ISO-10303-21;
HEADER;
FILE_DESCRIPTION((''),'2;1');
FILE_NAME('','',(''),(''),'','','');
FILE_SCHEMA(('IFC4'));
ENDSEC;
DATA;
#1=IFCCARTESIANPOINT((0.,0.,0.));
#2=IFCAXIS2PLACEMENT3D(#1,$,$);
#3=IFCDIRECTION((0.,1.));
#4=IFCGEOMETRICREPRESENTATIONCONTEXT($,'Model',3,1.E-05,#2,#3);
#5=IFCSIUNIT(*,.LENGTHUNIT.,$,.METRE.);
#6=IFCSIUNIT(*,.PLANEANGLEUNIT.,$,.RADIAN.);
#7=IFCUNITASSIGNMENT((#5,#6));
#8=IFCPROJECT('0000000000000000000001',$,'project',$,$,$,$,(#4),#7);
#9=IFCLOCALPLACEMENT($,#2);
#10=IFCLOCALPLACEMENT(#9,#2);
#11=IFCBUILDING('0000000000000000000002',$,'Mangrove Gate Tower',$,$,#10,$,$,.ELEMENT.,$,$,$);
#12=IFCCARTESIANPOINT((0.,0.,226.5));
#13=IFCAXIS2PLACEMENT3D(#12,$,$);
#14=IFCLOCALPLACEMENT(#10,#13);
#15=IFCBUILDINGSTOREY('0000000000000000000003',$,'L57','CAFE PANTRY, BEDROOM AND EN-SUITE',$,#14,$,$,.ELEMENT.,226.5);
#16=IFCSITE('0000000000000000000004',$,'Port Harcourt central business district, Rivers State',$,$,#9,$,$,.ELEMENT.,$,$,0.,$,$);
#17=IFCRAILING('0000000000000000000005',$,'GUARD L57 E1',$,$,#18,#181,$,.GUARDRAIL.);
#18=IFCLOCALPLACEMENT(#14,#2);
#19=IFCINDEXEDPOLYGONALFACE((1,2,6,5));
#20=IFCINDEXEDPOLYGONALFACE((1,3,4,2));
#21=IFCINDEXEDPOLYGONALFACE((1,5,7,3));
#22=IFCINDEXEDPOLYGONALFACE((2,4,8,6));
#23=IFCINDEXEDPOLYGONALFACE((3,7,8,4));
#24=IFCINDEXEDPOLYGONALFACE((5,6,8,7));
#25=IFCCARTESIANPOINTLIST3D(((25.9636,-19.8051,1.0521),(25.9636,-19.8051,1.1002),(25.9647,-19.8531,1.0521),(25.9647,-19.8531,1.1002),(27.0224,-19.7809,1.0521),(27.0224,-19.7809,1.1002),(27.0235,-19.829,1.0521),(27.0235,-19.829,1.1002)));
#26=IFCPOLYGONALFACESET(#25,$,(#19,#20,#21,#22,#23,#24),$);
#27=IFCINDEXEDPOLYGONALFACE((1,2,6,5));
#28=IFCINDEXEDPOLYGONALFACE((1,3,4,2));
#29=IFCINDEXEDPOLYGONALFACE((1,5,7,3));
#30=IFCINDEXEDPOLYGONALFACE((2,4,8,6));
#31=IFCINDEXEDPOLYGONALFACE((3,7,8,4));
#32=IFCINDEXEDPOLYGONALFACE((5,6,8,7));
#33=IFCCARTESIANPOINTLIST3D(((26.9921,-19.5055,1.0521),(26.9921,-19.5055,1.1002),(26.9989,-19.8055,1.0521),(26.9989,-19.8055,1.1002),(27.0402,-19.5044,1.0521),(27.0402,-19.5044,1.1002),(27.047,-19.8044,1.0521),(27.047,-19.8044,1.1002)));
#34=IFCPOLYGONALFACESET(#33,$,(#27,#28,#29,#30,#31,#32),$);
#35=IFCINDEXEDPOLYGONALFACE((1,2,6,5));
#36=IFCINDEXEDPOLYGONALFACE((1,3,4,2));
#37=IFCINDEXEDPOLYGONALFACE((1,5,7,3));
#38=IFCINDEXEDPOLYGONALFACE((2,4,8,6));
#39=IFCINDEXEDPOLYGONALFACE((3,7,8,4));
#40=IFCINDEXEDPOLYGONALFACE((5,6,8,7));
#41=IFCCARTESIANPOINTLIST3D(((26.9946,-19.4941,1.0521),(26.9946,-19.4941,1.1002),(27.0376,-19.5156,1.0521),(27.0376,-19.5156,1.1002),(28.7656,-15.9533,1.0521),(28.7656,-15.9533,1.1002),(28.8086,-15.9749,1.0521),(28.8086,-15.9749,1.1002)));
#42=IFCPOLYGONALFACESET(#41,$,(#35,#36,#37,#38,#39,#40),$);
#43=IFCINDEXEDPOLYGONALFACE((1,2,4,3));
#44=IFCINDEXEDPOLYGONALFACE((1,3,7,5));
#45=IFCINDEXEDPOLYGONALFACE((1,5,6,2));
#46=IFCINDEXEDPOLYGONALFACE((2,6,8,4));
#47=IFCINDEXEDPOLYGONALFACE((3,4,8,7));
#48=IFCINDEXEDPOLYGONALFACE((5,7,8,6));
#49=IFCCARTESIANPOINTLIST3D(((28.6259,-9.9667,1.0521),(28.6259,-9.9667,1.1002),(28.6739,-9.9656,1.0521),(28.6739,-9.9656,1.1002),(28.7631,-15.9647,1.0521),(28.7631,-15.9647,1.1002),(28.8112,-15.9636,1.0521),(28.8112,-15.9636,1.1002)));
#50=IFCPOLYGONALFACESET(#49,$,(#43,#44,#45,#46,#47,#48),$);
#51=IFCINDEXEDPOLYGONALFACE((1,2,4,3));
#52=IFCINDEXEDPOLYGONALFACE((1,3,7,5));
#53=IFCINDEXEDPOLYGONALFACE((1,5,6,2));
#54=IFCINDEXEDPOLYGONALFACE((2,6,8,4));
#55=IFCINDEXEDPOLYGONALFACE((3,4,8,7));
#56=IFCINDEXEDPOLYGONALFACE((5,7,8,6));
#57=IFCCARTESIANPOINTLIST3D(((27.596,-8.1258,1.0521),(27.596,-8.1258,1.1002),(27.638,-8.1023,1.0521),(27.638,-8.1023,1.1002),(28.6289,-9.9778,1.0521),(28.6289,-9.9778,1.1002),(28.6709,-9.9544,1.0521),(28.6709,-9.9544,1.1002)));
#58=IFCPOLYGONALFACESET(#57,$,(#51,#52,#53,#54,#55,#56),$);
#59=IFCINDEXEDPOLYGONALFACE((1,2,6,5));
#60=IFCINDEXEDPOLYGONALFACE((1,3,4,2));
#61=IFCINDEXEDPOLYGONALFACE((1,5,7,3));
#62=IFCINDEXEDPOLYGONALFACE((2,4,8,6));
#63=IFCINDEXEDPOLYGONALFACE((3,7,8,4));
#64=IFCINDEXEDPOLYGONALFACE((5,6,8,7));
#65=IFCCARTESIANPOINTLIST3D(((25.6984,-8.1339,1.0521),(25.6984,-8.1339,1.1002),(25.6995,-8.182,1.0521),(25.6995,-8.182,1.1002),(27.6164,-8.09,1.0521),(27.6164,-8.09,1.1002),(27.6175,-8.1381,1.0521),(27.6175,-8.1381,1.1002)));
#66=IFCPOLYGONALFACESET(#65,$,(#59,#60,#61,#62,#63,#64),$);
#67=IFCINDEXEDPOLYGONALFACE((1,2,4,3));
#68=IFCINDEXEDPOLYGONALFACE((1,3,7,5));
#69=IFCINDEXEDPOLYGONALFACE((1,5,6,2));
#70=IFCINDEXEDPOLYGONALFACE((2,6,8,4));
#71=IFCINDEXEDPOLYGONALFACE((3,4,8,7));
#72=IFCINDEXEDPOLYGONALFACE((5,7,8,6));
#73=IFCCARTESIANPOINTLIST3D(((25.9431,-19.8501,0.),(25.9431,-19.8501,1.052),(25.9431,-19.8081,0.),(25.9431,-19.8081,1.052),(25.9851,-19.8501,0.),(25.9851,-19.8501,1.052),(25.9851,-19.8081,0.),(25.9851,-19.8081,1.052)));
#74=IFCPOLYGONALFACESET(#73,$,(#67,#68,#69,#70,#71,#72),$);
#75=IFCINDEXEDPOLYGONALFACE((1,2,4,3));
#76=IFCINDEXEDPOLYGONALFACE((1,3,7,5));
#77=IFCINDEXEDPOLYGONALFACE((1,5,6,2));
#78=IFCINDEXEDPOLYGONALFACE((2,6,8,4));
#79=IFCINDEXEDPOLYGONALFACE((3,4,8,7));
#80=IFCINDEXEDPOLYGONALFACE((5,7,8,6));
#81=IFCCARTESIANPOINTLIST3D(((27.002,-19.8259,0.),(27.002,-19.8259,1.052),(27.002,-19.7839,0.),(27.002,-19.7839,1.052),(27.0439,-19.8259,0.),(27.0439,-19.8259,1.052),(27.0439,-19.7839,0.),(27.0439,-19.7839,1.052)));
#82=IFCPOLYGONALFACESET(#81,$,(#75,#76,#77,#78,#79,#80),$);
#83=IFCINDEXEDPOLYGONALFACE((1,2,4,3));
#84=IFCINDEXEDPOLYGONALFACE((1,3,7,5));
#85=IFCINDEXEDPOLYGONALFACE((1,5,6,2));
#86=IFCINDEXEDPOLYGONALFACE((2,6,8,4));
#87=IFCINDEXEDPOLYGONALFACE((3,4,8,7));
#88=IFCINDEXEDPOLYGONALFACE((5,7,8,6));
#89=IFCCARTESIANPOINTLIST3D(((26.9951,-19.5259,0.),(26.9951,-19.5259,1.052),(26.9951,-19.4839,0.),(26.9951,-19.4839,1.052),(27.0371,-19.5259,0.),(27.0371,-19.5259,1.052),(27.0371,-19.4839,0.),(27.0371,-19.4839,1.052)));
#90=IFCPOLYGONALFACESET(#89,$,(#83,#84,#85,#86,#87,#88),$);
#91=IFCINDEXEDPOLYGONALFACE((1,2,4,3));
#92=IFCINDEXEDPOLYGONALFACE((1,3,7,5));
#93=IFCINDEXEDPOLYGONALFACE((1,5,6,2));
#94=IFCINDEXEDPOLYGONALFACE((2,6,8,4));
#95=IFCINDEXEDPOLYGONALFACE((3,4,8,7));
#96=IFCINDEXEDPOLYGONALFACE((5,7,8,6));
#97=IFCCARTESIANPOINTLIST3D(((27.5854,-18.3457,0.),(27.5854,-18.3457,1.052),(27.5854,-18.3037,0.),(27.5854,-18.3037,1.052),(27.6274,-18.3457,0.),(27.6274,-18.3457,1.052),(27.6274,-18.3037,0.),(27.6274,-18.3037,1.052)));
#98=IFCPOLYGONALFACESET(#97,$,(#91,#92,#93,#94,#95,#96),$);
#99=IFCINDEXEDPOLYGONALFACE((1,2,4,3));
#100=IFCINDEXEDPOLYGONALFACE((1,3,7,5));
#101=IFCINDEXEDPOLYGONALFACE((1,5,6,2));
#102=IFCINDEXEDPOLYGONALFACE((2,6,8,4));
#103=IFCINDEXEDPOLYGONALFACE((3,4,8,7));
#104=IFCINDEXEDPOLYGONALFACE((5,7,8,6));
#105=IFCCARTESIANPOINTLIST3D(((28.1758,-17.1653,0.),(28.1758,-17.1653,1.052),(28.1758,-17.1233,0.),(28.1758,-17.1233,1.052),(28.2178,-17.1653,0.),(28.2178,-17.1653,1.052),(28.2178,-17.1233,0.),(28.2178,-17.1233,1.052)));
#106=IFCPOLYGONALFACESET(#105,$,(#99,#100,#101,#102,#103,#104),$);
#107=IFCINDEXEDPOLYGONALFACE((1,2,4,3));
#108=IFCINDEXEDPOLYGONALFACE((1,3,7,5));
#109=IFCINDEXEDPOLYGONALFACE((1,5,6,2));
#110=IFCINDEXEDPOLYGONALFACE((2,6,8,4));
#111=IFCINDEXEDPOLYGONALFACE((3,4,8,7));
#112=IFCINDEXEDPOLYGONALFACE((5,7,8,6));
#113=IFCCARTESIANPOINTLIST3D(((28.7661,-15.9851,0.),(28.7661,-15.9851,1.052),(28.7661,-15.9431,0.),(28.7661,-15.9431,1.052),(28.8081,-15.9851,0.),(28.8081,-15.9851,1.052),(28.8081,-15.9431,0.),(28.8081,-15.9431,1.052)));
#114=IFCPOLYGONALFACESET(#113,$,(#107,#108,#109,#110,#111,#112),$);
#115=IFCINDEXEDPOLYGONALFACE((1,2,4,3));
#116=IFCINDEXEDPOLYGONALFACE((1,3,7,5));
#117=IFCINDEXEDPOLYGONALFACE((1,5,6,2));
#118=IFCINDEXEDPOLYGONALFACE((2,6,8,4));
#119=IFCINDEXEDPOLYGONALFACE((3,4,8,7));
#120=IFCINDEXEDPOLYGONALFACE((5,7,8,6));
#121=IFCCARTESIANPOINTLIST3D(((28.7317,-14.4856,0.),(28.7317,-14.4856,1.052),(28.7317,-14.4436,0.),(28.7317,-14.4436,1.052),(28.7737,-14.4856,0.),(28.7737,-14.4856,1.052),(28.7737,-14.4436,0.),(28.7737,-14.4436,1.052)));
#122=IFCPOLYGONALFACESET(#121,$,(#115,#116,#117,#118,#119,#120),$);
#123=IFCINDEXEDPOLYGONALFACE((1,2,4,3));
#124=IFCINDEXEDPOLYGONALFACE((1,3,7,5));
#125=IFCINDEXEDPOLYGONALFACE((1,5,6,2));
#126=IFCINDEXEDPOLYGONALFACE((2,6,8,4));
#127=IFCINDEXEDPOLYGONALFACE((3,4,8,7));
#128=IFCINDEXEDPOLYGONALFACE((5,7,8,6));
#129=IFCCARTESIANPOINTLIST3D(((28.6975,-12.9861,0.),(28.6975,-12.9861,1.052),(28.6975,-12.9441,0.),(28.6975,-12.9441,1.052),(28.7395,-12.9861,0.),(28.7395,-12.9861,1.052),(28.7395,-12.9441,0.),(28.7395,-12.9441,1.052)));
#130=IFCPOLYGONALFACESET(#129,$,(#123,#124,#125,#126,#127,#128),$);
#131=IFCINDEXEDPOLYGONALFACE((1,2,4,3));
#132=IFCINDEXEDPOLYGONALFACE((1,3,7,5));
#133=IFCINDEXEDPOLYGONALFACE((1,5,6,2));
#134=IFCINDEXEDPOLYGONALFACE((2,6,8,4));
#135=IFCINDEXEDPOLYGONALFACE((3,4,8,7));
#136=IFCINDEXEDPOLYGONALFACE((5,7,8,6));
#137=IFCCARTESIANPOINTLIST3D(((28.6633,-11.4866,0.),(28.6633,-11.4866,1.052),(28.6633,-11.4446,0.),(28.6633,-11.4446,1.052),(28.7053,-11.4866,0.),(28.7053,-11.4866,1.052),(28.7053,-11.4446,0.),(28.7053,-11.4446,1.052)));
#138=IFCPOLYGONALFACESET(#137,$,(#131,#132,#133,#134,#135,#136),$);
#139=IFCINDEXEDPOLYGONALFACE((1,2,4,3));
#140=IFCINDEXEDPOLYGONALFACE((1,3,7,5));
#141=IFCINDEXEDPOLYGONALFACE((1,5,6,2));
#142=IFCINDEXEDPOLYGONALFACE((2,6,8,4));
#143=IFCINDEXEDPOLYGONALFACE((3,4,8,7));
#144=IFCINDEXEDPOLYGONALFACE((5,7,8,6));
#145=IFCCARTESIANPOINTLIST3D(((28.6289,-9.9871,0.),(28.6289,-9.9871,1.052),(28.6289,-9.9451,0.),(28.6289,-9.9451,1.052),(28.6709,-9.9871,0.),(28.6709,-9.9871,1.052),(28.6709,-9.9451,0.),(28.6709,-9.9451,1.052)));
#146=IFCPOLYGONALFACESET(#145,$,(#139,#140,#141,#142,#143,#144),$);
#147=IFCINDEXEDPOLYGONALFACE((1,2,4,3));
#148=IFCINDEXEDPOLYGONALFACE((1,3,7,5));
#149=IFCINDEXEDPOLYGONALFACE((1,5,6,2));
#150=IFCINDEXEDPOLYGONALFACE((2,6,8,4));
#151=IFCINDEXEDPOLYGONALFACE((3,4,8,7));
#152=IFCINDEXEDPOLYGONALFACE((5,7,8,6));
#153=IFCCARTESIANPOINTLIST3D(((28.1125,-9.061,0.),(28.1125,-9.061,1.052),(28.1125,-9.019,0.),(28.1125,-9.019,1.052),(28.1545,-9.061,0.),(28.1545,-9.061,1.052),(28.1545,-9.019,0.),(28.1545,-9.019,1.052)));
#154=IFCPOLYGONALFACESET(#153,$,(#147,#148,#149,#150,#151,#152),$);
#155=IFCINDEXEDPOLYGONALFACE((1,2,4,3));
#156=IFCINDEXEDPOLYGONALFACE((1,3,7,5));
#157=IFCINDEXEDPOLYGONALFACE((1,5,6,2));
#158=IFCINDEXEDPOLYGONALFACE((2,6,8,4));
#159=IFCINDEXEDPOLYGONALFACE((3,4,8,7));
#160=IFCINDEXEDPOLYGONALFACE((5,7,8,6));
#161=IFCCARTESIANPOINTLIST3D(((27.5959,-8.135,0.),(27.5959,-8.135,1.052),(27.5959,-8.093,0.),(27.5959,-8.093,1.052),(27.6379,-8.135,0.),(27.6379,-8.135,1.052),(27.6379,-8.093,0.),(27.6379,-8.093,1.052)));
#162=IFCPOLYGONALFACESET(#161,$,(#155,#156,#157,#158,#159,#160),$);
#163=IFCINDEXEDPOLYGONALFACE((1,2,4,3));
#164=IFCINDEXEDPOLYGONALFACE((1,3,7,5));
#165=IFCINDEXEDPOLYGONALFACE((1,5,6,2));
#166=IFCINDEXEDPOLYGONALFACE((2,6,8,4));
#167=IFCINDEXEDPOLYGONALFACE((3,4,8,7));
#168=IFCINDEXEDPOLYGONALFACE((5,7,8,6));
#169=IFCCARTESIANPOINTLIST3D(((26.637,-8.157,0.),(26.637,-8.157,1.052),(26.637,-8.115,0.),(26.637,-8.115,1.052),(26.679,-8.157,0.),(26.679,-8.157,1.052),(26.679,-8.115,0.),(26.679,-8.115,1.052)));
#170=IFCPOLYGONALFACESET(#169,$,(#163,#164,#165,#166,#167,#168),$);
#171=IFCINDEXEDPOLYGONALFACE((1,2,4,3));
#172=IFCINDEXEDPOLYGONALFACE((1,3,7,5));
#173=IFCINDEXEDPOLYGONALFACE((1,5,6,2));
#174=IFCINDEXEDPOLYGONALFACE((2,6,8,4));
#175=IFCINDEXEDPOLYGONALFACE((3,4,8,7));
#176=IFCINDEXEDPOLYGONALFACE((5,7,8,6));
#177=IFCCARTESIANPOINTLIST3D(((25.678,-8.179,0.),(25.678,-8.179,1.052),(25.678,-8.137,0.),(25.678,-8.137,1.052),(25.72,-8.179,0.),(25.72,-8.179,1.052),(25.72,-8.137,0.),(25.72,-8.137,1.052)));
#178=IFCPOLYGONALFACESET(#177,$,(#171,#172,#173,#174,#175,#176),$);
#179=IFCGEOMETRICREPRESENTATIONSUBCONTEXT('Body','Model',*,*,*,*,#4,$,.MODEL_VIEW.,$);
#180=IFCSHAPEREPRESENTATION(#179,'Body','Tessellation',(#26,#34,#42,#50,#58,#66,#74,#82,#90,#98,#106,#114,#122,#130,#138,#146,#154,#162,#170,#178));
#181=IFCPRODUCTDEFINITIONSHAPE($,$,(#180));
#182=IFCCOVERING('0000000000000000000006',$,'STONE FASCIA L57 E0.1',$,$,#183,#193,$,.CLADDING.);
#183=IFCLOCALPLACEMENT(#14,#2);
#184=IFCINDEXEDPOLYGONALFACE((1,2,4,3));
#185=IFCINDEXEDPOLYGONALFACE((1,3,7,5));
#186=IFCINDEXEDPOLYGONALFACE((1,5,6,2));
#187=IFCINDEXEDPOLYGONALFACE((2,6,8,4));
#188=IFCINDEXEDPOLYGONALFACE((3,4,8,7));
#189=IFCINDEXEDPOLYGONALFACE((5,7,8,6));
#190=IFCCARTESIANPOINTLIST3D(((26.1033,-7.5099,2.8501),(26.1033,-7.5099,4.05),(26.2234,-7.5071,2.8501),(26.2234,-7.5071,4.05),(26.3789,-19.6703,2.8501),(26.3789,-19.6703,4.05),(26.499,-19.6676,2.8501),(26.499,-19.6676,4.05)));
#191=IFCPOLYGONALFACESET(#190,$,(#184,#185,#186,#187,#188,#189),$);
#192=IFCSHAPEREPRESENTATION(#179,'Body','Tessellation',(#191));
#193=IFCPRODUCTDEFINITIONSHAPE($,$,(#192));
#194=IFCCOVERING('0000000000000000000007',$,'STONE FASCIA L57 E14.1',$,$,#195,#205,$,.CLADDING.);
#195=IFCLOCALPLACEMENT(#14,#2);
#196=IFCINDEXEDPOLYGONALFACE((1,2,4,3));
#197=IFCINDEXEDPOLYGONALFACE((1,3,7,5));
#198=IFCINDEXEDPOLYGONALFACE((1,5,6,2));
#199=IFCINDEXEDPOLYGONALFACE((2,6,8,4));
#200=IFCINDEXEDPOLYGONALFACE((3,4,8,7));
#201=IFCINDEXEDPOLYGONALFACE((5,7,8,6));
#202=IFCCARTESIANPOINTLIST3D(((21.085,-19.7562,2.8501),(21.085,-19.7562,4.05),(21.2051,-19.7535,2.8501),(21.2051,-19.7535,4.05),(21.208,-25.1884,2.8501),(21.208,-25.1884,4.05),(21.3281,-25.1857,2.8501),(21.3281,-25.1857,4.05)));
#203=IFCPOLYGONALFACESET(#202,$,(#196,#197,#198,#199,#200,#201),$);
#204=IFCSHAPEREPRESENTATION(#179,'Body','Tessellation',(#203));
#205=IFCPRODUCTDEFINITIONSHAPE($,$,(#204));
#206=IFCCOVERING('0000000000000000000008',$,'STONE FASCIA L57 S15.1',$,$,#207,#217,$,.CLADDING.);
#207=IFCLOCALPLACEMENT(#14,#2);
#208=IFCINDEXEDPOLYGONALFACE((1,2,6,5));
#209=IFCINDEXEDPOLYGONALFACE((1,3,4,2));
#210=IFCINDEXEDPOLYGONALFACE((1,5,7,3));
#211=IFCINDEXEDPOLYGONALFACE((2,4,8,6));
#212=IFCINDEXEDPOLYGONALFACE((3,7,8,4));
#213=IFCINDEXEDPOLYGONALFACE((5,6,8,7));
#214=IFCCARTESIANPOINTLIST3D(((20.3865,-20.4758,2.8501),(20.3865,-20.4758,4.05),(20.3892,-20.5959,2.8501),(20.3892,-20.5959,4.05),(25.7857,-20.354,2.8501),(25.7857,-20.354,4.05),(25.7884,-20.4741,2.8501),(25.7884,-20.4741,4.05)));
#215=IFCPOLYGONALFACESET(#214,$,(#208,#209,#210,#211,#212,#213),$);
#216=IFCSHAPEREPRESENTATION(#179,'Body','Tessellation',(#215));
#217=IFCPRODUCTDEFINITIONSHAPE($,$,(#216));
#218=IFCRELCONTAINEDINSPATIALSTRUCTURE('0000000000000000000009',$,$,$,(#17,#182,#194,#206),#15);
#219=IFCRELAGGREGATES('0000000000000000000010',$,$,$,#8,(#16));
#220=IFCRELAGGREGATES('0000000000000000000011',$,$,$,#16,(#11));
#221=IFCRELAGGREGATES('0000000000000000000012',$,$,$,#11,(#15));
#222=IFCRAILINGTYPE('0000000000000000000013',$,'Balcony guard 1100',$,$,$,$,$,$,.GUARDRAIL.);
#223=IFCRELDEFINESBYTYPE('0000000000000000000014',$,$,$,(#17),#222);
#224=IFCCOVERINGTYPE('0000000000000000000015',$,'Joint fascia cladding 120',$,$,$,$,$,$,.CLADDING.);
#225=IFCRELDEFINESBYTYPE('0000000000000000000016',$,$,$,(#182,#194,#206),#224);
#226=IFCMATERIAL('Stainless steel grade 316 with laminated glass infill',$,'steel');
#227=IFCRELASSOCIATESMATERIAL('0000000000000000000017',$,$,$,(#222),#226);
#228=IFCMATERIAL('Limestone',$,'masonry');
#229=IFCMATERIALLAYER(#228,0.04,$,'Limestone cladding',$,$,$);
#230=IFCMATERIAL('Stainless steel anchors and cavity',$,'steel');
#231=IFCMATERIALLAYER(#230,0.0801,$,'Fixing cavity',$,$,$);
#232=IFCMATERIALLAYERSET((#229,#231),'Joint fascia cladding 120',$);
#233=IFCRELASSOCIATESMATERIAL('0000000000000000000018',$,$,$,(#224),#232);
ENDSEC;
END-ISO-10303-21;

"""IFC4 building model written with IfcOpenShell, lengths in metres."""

from ifc_helpers import new_model, si_unit, direction, frame, frame_2d, origin, origin_2d, place, context, subcontext, project, spatial, rectangle, extrude, material, layer, layer_set, type_object, element, save


model = new_model("IFC4")

# Units and contexts
model_context = context("Model", 3, precision=1e-05, world=origin(), true_north=direction((0.0, 1.0)))
body_context = subcontext(model_context, "Body", "Model", "MODEL_VIEW")
ifc_project = project(units=[si_unit("LENGTHUNIT", "METRE"), si_unit("PLANEANGLEUNIT", "RADIAN")], contexts=[model_context])

# Site, building, storey
site_placement = place(None, origin())
site = spatial("IfcSite", under=ifc_project, at=site_placement, Name="Port Harcourt central business district, Rivers State", CompositionType="ELEMENT", RefElevation=0.0)
building_placement = place(site_placement, origin())
building = spatial("IfcBuilding", under=site, at=building_placement, Name="Mangrove Gate Tower", CompositionType="ELEMENT")
storey_placement = place(building_placement, frame((0.0, 0.0, 226.5)))
storey = spatial("IfcBuildingStorey", under=building, at=storey_placement, Name="L57", Description="CAFE PANTRY, BEDROOM AND EN-SUITE", CompositionType="ELEMENT", Elevation=226.5)

# Shared definitions
ifc_material_1 = material(Name="Limestone", Category="masonry")

# Railing
ifc_material_2 = material(Name="Stainless steel grade 316 with laminated glass infill", Category="steel")
railing_type = type_object("IfcRailingType", Name="Balcony guard 1100", PredefinedType="GUARDRAIL", material=ifc_material_2)
railing_placement = place(storey_placement, frame((25.9641, -19.8291, 0.0)))
element("IfcRailing", 1, at=railing_placement, inside=storey, type_object=railing_type, Name="GUARD L57 E1", PredefinedType="GUARDRAIL", context=body_context, shape_type="SweptSolid", body=[
    extrude(rectangle(XDim=0.0481, YDim=0.0481, at=origin_2d()), frame((0.0, 0.0, 1.0762), z_axis=(0.99974, 0.022821, 0.0), x_axis=(-0.022821, 0.99974, 0.0)), (0.0, 0.0, 1.0), 1.0591),
    extrude(rectangle(XDim=0.0481, YDim=0.0481, at=origin_2d()), frame((1.0588, 0.0242, 1.0762), z_axis=(-0.022777, 0.999741, 0.0), x_axis=(-0.999741, -0.022777, 0.0)), (0.0, 0.0, 1.0), 0.3),
    extrude(rectangle(XDim=0.0481, YDim=0.0481, at=origin_2d()), frame((1.052, 0.3242, 1.0762), z_axis=(0.447337, 0.894366, 0.0), x_axis=(-0.894366, 0.447337, 0.0)), (0.0, 0.0, 1.0), 3.959),
    extrude(rectangle(XDim=0.0481, YDim=0.0481, at=origin_2d()), frame((2.823, 3.865, 1.0762), z_axis=(-0.022869, 0.999738, 0.0), x_axis=(-0.999738, -0.022869, 0.0)), (0.0, 0.0, 1.0), 5.9995),
    extrude(rectangle(XDim=0.0481, YDim=0.0481, at=origin_2d()), frame((2.6858, 9.863, 1.0762), z_axis=(-0.487099, 0.873347, 0.0), x_axis=(-0.873347, -0.487099, 0.0)), (0.0, 0.0, 1.0), 2.1206),
    extrude(rectangle(XDim=0.0481, YDim=0.0481, at=origin_2d()), frame((1.6528, 11.7151, 1.0762), z_axis=(-0.999738, -0.022906, 0.0), x_axis=(0.022906, -0.999738, 0.0)), (0.0, 0.0, 1.0), 1.9185),
    extrude(rectangle(XDim=0.042, YDim=0.042, at=origin_2d()), origin(), (0.0, 0.0, 1.0), 1.052),
    extrude(rectangle(XDim=0.042, YDim=0.042, at=origin_2d()), frame((1.0588, 0.0242, 0.0)), (0.0, 0.0, 1.0), 1.052),
    extrude(rectangle(XDim=0.042, YDim=0.042, at=origin_2d()), frame((1.052, 0.3242, 0.0)), (0.0, 0.0, 1.0), 1.052),
    extrude(rectangle(XDim=0.042, YDim=0.042, at=origin_2d()), frame((1.6423, 1.5044, 0.0)), (0.0, 0.0, 1.0), 1.052),
    extrude(rectangle(XDim=0.042, YDim=0.042, at=origin_2d()), frame((2.2327, 2.6848, 0.0)), (0.0, 0.0, 1.0), 1.052),
    extrude(rectangle(XDim=0.042, YDim=0.042, at=origin_2d()), frame((2.823, 3.865, 0.0)), (0.0, 0.0, 1.0), 1.052),
    extrude(rectangle(XDim=0.042, YDim=0.042, at=origin_2d()), frame((2.7886, 5.3645, 0.0)), (0.0, 0.0, 1.0), 1.052),
    extrude(rectangle(XDim=0.042, YDim=0.042, at=origin_2d()), frame((2.7544, 6.864, 0.0)), (0.0, 0.0, 1.0), 1.052),
    extrude(rectangle(XDim=0.042, YDim=0.042, at=origin_2d()), frame((2.7202, 8.3635, 0.0)), (0.0, 0.0, 1.0), 1.052),
    extrude(rectangle(XDim=0.042, YDim=0.042, at=origin_2d()), frame((2.6858, 9.863, 0.0)), (0.0, 0.0, 1.0), 1.052),
    extrude(rectangle(XDim=0.042, YDim=0.042, at=origin_2d()), frame((2.1694, 10.7891, 0.0)), (0.0, 0.0, 1.0), 1.052),
    extrude(rectangle(XDim=0.042, YDim=0.042, at=origin_2d()), frame((1.6528, 11.7151, 0.0)), (0.0, 0.0, 1.0), 1.052),
    extrude(rectangle(XDim=0.042, YDim=0.042, at=origin_2d()), frame((0.6938, 11.6931, 0.0)), (0.0, 0.0, 1.0), 1.052),
    extrude(rectangle(XDim=0.042, YDim=0.042, at=origin_2d()), frame((-0.2651, 11.6711, 0.0)), (0.0, 0.0, 1.0), 1.052),
])

# Coverings
ifc_layer_1 = layer(ifc_material_1, 0.04, Name="Limestone cladding")
ifc_material_3 = material(Name="Stainless steel anchors and cavity", Category="steel")
ifc_layer_2 = layer(ifc_material_3, 0.0801, Name="Fixing cavity")
ifc_layer_set_1 = layer_set([ifc_layer_1, ifc_layer_2], Name="Joint fascia cladding 120")
covering_type = type_object("IfcCoveringType", Name="Joint fascia cladding 120", PredefinedType="CLADDING", material=ifc_layer_set_1)
covering_1_placement = place(storey_placement, frame((26.439, -19.6689, 2.8501), z_axis=(0.0, 0.0, 1.0), x_axis=(-0.022661, 0.999743, 0.0)))
element("IfcCovering", 2, at=covering_1_placement, inside=storey, type_object=covering_type, Name="STONE FASCIA L57 E0.1", PredefinedType="CLADDING", context=body_context, shape_type="SweptSolid", body=[
    extrude(rectangle(XDim=12.1636, YDim=0.1201, at=frame_2d((6.0818, 0.0))), origin(), (0.0, 0.0, 1.0), 1.2),
])
covering_2_placement = place(storey_placement, frame((21.2681, -25.187, 2.8501), z_axis=(0.0, 0.0, 1.0), x_axis=(-0.022646, 0.999744, 0.0)))
element("IfcCovering", 3, at=covering_2_placement, inside=storey, type_object=covering_type, Name="STONE FASCIA L57 E14.1", PredefinedType="CLADDING", context=body_context, shape_type="SweptSolid", body=[
    extrude(rectangle(XDim=5.4336, YDim=0.1201, at=frame_2d((2.7168, 0.0))), origin(), (0.0, 0.0, 1.0), 1.2),
])
covering_3_placement = place(storey_placement, frame((20.3879, -20.5359, 2.8501), z_axis=(0.0, 0.0, 1.0), x_axis=(0.999746, 0.022558, 0.0)))
element("IfcCovering", 4, at=covering_3_placement, inside=storey, type_object=covering_type, Name="STONE FASCIA L57 S15.1", PredefinedType="CLADDING", context=body_context, shape_type="SweptSolid", body=[
    extrude(rectangle(XDim=5.4006, YDim=0.1201, at=frame_2d((2.7002, 0.0))), origin(), (0.0, 0.0, 1.0), 1.2),
])

save(model, "model.ifc")
